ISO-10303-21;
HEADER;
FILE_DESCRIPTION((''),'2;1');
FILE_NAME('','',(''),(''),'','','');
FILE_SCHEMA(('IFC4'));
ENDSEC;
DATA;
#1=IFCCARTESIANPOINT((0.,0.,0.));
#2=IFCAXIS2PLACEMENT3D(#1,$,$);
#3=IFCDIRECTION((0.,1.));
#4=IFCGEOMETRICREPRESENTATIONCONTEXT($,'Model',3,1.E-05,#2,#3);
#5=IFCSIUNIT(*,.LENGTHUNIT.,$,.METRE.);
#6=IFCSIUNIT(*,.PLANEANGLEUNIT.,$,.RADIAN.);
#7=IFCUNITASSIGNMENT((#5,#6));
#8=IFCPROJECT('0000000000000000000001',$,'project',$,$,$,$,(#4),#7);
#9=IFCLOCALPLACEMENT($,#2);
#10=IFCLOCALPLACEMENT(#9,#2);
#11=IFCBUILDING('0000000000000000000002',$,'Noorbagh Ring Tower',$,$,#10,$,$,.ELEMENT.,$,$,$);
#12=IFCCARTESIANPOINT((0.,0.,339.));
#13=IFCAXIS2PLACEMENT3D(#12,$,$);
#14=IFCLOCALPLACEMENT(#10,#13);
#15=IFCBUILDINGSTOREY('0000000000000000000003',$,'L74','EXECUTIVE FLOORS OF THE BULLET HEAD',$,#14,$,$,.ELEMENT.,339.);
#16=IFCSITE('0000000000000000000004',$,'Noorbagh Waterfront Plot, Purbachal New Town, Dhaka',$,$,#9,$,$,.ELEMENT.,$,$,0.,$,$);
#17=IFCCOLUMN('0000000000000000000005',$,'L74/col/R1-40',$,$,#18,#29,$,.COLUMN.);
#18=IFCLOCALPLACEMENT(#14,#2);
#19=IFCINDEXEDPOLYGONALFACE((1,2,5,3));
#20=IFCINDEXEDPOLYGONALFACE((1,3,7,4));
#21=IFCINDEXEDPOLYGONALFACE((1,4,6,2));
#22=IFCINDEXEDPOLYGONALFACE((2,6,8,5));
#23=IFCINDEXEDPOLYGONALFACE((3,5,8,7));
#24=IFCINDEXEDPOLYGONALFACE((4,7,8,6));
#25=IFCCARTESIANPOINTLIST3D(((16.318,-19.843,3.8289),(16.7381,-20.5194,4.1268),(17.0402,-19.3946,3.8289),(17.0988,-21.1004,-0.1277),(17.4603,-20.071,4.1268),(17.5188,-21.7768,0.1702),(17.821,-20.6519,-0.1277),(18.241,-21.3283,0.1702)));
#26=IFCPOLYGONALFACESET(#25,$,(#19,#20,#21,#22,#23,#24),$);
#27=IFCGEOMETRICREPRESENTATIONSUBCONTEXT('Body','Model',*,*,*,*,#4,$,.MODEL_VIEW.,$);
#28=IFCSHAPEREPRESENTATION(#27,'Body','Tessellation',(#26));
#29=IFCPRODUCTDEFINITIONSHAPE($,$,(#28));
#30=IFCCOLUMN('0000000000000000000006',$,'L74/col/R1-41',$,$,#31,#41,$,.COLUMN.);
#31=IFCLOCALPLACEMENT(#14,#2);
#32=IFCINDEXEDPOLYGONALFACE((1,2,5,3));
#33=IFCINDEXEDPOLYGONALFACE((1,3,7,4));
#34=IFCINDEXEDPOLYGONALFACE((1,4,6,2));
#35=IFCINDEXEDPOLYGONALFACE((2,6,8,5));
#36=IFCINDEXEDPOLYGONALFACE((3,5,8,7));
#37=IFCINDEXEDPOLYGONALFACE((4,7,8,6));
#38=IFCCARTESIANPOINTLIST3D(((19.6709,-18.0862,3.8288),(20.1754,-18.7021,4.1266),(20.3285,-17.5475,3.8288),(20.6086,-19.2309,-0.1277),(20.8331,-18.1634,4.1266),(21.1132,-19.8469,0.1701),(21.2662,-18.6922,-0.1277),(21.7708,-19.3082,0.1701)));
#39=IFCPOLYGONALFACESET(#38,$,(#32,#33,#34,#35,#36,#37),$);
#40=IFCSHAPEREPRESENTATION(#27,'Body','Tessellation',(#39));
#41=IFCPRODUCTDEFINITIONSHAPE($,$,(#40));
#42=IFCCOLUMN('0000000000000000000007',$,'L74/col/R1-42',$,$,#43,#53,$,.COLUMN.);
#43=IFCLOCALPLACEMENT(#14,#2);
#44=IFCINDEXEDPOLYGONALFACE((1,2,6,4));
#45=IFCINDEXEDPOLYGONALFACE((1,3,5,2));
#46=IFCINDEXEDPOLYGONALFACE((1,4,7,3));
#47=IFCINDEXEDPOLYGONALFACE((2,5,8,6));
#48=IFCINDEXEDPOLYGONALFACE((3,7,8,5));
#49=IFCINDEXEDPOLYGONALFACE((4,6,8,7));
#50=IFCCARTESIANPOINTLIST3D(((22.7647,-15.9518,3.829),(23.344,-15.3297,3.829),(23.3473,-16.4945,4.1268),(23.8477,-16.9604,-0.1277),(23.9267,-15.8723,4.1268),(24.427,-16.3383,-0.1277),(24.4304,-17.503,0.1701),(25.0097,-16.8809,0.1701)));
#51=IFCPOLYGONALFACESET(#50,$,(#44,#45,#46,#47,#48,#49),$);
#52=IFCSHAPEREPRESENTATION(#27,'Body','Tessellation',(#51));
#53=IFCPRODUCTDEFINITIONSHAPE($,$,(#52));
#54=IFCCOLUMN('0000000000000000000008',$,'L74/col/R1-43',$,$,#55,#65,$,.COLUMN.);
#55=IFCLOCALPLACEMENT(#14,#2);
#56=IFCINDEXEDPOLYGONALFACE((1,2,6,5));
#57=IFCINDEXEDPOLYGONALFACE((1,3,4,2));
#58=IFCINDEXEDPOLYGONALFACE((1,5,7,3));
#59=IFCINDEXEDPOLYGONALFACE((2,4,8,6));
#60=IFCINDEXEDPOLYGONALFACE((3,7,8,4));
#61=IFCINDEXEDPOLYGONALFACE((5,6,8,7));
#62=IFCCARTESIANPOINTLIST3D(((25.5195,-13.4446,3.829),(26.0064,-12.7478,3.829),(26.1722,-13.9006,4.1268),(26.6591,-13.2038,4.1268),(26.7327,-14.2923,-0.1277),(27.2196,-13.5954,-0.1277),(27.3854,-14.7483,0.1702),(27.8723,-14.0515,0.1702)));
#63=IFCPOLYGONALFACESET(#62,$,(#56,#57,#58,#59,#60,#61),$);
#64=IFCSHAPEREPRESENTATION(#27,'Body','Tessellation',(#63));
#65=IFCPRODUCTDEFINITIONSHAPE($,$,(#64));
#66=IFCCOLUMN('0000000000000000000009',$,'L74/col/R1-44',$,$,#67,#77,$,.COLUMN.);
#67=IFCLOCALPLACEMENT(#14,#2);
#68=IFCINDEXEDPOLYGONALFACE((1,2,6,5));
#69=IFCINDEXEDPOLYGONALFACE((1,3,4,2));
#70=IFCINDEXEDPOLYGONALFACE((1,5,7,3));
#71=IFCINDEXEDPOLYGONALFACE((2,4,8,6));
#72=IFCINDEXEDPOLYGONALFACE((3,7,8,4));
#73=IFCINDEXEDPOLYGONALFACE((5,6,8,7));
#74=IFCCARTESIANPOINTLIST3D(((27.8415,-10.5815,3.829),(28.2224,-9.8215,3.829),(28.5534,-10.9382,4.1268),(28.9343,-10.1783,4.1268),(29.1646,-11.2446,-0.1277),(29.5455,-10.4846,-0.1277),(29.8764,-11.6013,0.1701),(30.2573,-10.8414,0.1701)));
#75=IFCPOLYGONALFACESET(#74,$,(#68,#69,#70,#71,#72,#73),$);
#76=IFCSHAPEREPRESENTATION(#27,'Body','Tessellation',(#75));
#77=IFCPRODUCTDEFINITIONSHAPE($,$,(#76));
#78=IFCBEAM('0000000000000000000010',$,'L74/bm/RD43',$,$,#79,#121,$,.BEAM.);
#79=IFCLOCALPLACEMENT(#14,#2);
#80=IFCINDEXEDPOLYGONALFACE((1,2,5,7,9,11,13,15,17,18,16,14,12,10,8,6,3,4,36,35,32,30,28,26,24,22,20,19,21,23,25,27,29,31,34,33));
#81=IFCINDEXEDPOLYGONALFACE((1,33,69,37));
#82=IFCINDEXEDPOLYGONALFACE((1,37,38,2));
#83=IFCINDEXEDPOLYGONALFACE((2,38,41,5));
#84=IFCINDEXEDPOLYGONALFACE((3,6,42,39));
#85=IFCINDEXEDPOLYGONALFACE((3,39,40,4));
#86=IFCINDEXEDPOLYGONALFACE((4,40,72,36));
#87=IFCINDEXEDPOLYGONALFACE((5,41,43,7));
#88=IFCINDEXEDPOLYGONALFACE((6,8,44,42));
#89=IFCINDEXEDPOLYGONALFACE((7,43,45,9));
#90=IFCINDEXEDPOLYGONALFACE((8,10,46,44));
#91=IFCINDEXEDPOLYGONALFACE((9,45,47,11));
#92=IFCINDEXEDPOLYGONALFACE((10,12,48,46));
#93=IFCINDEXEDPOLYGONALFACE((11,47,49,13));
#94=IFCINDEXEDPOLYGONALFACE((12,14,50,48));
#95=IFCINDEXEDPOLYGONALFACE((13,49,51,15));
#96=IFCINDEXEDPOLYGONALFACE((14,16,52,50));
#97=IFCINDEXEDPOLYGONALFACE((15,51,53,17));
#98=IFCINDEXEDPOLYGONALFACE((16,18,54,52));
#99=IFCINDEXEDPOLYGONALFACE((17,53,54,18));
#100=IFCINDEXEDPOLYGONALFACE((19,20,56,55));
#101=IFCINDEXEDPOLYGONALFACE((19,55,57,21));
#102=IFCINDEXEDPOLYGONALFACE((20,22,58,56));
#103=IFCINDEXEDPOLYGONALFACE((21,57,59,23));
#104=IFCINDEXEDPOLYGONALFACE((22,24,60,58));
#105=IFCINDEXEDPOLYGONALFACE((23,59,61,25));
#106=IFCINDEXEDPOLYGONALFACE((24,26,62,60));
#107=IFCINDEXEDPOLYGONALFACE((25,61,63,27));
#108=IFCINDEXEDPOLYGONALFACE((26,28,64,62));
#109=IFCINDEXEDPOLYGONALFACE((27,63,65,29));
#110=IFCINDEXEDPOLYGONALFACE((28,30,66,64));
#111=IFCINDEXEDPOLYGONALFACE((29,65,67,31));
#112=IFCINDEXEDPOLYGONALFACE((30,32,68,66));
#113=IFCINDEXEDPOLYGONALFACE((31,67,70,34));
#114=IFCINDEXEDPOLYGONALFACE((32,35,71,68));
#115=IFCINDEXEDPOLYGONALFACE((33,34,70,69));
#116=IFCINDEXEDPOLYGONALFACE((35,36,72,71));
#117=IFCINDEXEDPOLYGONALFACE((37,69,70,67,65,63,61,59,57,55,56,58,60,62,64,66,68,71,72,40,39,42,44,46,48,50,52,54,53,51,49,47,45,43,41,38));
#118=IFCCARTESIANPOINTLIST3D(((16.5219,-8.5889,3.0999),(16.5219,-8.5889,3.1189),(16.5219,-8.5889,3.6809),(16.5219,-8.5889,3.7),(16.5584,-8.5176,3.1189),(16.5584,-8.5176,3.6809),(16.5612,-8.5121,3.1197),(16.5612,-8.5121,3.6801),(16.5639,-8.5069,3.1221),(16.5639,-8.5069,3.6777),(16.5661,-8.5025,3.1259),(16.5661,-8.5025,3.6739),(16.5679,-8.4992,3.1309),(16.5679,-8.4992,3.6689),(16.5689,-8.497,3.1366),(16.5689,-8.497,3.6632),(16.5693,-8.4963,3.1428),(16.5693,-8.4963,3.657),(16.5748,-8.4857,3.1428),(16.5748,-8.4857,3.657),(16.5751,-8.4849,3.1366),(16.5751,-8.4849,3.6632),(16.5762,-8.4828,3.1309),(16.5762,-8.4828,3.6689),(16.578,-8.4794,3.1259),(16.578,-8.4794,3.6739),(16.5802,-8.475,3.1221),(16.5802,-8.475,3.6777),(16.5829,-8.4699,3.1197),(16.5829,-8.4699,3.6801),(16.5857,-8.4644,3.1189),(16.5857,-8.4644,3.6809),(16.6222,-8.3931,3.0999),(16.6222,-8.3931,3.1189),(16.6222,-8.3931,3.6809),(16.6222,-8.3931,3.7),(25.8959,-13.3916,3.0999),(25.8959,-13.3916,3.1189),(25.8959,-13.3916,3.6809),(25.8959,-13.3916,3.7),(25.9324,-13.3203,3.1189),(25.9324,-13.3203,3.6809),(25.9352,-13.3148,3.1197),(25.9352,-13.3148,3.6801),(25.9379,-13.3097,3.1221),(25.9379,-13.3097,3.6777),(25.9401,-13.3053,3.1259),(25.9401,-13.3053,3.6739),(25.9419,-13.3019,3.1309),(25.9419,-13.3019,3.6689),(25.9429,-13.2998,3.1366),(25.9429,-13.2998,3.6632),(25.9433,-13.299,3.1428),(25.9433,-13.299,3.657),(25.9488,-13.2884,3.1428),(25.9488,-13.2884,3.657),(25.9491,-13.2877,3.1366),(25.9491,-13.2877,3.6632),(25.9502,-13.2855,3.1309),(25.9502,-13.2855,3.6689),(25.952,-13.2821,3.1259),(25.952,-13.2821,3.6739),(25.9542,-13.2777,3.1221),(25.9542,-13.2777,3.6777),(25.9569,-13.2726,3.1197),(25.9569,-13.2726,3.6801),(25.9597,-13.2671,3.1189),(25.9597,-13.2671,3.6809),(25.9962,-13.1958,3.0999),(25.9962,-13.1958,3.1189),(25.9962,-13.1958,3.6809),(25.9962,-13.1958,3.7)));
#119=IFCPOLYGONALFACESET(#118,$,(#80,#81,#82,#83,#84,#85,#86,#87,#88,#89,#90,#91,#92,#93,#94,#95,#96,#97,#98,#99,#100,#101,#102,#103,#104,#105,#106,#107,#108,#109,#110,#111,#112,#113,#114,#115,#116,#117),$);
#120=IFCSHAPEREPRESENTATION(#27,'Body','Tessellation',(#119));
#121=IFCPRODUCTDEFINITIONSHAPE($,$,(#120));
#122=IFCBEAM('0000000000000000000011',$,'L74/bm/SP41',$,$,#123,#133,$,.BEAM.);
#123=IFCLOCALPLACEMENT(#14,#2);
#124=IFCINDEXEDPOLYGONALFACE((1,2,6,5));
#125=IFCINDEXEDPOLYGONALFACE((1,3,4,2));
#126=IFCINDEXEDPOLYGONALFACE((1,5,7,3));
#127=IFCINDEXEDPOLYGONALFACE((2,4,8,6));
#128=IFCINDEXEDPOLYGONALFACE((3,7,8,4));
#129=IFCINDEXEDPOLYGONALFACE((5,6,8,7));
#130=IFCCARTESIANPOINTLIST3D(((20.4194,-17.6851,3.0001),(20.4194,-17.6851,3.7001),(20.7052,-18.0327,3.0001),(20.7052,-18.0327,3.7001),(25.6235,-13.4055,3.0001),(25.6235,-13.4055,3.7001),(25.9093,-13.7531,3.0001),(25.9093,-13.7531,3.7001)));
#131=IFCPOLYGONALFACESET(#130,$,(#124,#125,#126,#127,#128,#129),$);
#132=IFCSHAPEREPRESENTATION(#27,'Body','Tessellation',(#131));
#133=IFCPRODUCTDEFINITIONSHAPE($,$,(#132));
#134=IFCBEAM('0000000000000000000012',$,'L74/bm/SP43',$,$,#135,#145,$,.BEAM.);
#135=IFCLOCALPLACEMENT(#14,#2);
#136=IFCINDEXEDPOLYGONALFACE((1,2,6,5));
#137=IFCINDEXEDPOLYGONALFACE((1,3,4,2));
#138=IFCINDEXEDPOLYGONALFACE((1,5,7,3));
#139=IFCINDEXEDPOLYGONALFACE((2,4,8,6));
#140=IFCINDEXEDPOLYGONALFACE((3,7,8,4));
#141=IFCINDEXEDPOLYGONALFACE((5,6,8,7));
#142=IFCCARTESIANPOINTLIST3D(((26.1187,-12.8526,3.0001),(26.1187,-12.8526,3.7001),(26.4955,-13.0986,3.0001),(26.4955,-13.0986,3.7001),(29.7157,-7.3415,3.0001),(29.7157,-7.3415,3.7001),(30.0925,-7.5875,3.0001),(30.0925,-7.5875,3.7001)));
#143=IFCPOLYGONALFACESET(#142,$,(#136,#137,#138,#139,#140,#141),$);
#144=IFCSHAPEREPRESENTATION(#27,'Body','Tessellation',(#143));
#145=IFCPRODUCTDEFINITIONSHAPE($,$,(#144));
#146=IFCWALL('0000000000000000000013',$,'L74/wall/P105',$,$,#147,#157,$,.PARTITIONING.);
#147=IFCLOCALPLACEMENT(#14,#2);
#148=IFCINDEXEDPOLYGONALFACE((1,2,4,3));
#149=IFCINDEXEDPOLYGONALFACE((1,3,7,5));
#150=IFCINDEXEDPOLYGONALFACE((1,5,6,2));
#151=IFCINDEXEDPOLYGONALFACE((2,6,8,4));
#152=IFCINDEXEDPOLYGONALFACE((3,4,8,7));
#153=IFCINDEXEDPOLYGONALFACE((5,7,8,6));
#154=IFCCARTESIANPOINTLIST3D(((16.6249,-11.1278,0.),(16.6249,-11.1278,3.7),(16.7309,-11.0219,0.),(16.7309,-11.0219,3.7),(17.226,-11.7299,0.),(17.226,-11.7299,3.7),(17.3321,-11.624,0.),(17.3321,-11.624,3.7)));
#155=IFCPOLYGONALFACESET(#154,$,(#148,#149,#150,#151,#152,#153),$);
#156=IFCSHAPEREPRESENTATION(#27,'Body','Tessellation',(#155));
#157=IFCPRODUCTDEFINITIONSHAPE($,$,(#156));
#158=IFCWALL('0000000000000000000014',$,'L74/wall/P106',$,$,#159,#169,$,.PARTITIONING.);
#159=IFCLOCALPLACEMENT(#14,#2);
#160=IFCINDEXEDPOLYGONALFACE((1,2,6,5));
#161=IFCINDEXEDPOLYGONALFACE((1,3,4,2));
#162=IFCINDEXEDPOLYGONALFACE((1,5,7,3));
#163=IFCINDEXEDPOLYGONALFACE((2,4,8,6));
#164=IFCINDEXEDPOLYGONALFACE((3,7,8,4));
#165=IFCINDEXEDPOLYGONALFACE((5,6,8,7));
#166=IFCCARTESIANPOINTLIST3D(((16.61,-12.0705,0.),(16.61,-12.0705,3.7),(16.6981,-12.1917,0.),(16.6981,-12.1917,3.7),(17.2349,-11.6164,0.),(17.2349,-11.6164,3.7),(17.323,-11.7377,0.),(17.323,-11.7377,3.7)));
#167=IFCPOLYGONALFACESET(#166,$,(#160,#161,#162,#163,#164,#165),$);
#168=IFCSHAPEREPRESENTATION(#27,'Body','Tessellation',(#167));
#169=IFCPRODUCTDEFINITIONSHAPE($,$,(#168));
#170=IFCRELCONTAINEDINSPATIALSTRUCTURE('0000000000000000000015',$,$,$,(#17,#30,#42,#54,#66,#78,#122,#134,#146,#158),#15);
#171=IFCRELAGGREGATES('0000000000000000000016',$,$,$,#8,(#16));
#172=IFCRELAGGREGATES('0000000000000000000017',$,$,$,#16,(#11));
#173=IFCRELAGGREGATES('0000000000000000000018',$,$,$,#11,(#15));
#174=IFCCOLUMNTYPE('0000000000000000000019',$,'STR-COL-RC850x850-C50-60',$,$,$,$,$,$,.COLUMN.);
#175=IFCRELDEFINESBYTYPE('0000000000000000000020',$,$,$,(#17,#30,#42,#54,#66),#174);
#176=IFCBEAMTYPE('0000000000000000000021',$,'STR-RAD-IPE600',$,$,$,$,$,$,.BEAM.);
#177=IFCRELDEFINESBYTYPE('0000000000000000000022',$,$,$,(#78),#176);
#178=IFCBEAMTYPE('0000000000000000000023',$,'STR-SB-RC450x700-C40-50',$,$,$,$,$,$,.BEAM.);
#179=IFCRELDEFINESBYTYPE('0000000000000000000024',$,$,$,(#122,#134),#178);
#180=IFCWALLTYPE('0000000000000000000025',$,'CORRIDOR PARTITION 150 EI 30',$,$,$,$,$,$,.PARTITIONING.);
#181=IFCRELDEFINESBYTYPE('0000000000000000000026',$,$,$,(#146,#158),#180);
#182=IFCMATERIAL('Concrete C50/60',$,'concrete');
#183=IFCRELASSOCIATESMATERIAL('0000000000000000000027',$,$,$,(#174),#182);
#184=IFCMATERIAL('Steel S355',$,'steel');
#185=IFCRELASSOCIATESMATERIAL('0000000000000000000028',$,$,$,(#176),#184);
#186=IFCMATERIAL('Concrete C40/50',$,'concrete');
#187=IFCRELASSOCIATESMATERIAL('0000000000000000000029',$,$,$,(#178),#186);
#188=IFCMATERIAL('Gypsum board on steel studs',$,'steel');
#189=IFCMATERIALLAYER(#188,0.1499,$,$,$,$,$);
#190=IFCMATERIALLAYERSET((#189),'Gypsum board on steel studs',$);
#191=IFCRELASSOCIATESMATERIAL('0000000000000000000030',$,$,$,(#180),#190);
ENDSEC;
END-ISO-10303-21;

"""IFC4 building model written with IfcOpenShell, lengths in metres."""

from ifc_helpers import new_model, si_unit, direction, frame, frame_2d, origin, origin_2d, place, context, subcontext, project, spatial, rectangle, i_section, extrude, material, layer, layer_set, material_profile, profile_set, type_object, element, save


model = new_model("IFC4")

# Units and contexts
model_context = context("Model", 3, precision=1e-05, world=origin(), true_north=direction((0.0, 1.0)))
body_context = subcontext(model_context, "Body", "Model", "MODEL_VIEW")
ifc_project = project(units=[si_unit("LENGTHUNIT", "METRE"), si_unit("PLANEANGLEUNIT", "RADIAN")], contexts=[model_context])

# Site, building, storey
site_placement = place(None, origin())
site = spatial("IfcSite", under=ifc_project, at=site_placement, Name="Noorbagh Waterfront Plot, Purbachal New Town, Dhaka", CompositionType="ELEMENT", RefElevation=0.0)
building_placement = place(site_placement, origin())
building = spatial("IfcBuilding", under=site, at=building_placement, Name="Noorbagh Ring Tower", CompositionType="ELEMENT")
storey_placement = place(building_placement, frame((0.0, 0.0, 339.0)))
storey = spatial("IfcBuildingStorey", under=building, at=storey_placement, Name="L74", Description="EXECUTIVE FLOORS OF THE BULLET HEAD", CompositionType="ELEMENT", Elevation=339.0)

# Columns
ifc_material_1 = material(Name="Concrete C50/60", Category="concrete")
ifc_material_profile_1 = material_profile(ifc_material_1, rectangle(XDim=0.8501, YDim=0.8501, at=origin_2d()), Name="RC850x850")
ifc_profile_set_1 = profile_set([ifc_material_profile_1], Name="Concrete C50/60")
column_type = type_object("IfcColumnType", Name="STR-COL-RC850x850-C50-60", PredefinedType="COLUMN", material=ifc_profile_set_1)
column_1_placement = place(storey_placement, frame((17.6699, -21.2144, 0.0212), z_axis=(-0.184826, 0.297641, 0.936616), x_axis=(-0.849533, -0.527535, 0.0)))
element("IfcColumn", 1, at=column_1_placement, inside=storey, type_object=column_type, Name="L74/col/R1-40", PredefinedType="COLUMN", context=body_context, shape_type="SweptSolid", body=[
    extrude(rectangle(XDim=0.8501, YDim=0.8501, at=origin_2d()), origin(), (0.0, 0.0, 1.0), 4.2244),
])
column_2_placement = place(storey_placement, frame((21.1897, -19.2695, 0.0212), z_axis=(-0.221992, 0.271002, 0.936631), x_axis=(-0.77359, -0.633687, 0.0)))
element("IfcColumn", 2, at=column_2_placement, inside=storey, type_object=column_type, Name="L74/col/R1-41", PredefinedType="COLUMN", context=body_context, shape_type="SweptSolid", body=[
    extrude(rectangle(XDim=0.8501, YDim=0.8501, at=origin_2d()), origin(), (0.0, 0.0, 1.0), 4.2241),
])
for number, where, z_axis, x_axis, name in (
    (3, (24.4287, -16.9207, 0.0212), (-0.256379, 0.238751, 0.936626), (-0.681501, -0.731817, 0.0), "L74/col/R1-42"),
    (4, (27.3025, -14.1719, 0.0212), (-0.287182, 0.200663, 0.936622), (-0.572765, -0.81972, 0.0), "L74/col/R1-43"),
    (5, (29.7109, -11.043, 0.0212), (-0.313192, 0.156971, 0.936627), (-0.448071, -0.893998, 0.0), "L74/col/R1-44"),
):
    element("IfcColumn", number, at=place(storey_placement, frame(where, z_axis=z_axis, x_axis=x_axis)), inside=storey, type_object=column_type, Name=name, PredefinedType="COLUMN", context=body_context, shape_type="SweptSolid", body=[
        extrude(rectangle(XDim=0.8501, YDim=0.8501, at=origin_2d()), origin(), (0.0, 0.0, 1.0), 4.2244),
    ])

# Beams
ifc_material_2 = material(Name="Steel S355", Category="steel")
ifc_material_profile_2 = material_profile(ifc_material_2, i_section(OverallWidth=0.22, OverallDepth=0.6001, WebThickness=0.012, FlangeThickness=0.019, FilletRadius=0.0239, at=origin_2d()), Name="IPE600")
ifc_profile_set_2 = profile_set([ifc_material_profile_2], Name="Steel S355")
beam_type_1 = type_object("IfcBeamType", Name="STR-RAD-IPE600", PredefinedType="BEAM", material=ifc_profile_set_2)
beam_1_placement = place(storey_placement, frame((25.946, -13.2937, 3.3999), z_axis=(-0.889989, 0.455982, 0.0), x_axis=(-0.455982, -0.889989, 0.0)))
element("IfcBeam", 6, at=beam_1_placement, inside=storey, type_object=beam_type_1, Name="L74/bm/RD43", PredefinedType="BEAM", context=body_context, shape_type="SweptSolid", body=[
    extrude(i_section(OverallWidth=0.22, OverallDepth=0.6001, WebThickness=0.012, FlangeThickness=0.019, FilletRadius=0.0239, at=origin_2d()), origin(), (0.0, 0.0, 1.0), 10.5327),
])
ifc_material_3 = material(Name="Concrete C40/50", Category="concrete")
ifc_material_profile_3 = material_profile(ifc_material_3, rectangle(XDim=0.45, YDim=0.7, at=origin_2d()), Name="RC450x700")
ifc_profile_set_3 = profile_set([ifc_material_profile_3], Name="Concrete C40/50")
beam_type_2 = type_object("IfcBeamType", Name="STR-SB-RC450x700-C40-50", PredefinedType="BEAM", material=ifc_profile_set_3)
beam_2_placement = place(storey_placement, frame((20.5623, -17.8589, 3.3501), z_axis=(0.772381, 0.63516, 0.0), x_axis=(-0.63516, 0.772381, 0.0)))
element("IfcBeam", 7, at=beam_2_placement, inside=storey, type_object=beam_type_2, Name="L74/bm/SP41", PredefinedType="BEAM", context=body_context, shape_type="SweptSolid", body=[
    extrude(rectangle(XDim=0.45, YDim=0.7, at=origin_2d()), origin(), (0.0, 0.0, 1.0), 6.7378),
])
beam_3_placement = place(storey_placement, frame((26.3071, -12.9756, 3.3501), z_axis=(0.546566, 0.837416, 0.0), x_axis=(-0.837416, 0.546566, 0.0)))
element("IfcBeam", 8, at=beam_3_placement, inside=storey, type_object=beam_type_2, Name="L74/bm/SP43", PredefinedType="BEAM", context=body_context, shape_type="SweptSolid", body=[
    extrude(rectangle(XDim=0.45, YDim=0.7, at=origin_2d()), origin(), (0.0, 0.0, 1.0), 6.5811),
])

# Walls
ifc_material_4 = material(Name="Gypsum board on steel studs", Category="steel")
ifc_layer_1 = layer(ifc_material_4, 0.1499)
ifc_layer_set_1 = layer_set([ifc_layer_1], Name="Gypsum board on steel studs")
wall_type_1 = type_object("IfcWallType", Name="CORRIDOR PARTITION 150 EI 30", PredefinedType="PARTITIONING", material=ifc_layer_set_1)
wall_1_placement = place(storey_placement, frame((16.678, -11.075, 0.0), z_axis=(0.0, 0.0, 1.0), x_axis=(0.706533, -0.70768, 0.0)))
element("IfcWall", 9, at=wall_1_placement, inside=storey, type_object=wall_type_1, Name="L74/wall/P105", PredefinedType="PARTITIONING", context=body_context, shape_type="SweptSolid", body=[
    extrude(rectangle(XDim=0.8508, YDim=0.1499, at=frame_2d((0.4253, 0.0))), origin(), (0.0, 0.0, 1.0), 3.7),
])
wall_2_placement = place(storey_placement, frame((16.6541, -12.1311, 0.0), z_axis=(0.0, 0.0, 1.0), x_axis=(0.809009, 0.587796, 0.0)))
element("IfcWall", 10, at=wall_2_placement, inside=storey, type_object=wall_type_1, Name="L74/wall/P106", PredefinedType="PARTITIONING", context=body_context, shape_type="SweptSolid", body=[
    extrude(rectangle(XDim=0.7725, YDim=0.1499, at=frame_2d((0.3862, 0.0))), origin(), (0.0, 0.0, 1.0), 3.7),
])

save(model, "model.ifc")
